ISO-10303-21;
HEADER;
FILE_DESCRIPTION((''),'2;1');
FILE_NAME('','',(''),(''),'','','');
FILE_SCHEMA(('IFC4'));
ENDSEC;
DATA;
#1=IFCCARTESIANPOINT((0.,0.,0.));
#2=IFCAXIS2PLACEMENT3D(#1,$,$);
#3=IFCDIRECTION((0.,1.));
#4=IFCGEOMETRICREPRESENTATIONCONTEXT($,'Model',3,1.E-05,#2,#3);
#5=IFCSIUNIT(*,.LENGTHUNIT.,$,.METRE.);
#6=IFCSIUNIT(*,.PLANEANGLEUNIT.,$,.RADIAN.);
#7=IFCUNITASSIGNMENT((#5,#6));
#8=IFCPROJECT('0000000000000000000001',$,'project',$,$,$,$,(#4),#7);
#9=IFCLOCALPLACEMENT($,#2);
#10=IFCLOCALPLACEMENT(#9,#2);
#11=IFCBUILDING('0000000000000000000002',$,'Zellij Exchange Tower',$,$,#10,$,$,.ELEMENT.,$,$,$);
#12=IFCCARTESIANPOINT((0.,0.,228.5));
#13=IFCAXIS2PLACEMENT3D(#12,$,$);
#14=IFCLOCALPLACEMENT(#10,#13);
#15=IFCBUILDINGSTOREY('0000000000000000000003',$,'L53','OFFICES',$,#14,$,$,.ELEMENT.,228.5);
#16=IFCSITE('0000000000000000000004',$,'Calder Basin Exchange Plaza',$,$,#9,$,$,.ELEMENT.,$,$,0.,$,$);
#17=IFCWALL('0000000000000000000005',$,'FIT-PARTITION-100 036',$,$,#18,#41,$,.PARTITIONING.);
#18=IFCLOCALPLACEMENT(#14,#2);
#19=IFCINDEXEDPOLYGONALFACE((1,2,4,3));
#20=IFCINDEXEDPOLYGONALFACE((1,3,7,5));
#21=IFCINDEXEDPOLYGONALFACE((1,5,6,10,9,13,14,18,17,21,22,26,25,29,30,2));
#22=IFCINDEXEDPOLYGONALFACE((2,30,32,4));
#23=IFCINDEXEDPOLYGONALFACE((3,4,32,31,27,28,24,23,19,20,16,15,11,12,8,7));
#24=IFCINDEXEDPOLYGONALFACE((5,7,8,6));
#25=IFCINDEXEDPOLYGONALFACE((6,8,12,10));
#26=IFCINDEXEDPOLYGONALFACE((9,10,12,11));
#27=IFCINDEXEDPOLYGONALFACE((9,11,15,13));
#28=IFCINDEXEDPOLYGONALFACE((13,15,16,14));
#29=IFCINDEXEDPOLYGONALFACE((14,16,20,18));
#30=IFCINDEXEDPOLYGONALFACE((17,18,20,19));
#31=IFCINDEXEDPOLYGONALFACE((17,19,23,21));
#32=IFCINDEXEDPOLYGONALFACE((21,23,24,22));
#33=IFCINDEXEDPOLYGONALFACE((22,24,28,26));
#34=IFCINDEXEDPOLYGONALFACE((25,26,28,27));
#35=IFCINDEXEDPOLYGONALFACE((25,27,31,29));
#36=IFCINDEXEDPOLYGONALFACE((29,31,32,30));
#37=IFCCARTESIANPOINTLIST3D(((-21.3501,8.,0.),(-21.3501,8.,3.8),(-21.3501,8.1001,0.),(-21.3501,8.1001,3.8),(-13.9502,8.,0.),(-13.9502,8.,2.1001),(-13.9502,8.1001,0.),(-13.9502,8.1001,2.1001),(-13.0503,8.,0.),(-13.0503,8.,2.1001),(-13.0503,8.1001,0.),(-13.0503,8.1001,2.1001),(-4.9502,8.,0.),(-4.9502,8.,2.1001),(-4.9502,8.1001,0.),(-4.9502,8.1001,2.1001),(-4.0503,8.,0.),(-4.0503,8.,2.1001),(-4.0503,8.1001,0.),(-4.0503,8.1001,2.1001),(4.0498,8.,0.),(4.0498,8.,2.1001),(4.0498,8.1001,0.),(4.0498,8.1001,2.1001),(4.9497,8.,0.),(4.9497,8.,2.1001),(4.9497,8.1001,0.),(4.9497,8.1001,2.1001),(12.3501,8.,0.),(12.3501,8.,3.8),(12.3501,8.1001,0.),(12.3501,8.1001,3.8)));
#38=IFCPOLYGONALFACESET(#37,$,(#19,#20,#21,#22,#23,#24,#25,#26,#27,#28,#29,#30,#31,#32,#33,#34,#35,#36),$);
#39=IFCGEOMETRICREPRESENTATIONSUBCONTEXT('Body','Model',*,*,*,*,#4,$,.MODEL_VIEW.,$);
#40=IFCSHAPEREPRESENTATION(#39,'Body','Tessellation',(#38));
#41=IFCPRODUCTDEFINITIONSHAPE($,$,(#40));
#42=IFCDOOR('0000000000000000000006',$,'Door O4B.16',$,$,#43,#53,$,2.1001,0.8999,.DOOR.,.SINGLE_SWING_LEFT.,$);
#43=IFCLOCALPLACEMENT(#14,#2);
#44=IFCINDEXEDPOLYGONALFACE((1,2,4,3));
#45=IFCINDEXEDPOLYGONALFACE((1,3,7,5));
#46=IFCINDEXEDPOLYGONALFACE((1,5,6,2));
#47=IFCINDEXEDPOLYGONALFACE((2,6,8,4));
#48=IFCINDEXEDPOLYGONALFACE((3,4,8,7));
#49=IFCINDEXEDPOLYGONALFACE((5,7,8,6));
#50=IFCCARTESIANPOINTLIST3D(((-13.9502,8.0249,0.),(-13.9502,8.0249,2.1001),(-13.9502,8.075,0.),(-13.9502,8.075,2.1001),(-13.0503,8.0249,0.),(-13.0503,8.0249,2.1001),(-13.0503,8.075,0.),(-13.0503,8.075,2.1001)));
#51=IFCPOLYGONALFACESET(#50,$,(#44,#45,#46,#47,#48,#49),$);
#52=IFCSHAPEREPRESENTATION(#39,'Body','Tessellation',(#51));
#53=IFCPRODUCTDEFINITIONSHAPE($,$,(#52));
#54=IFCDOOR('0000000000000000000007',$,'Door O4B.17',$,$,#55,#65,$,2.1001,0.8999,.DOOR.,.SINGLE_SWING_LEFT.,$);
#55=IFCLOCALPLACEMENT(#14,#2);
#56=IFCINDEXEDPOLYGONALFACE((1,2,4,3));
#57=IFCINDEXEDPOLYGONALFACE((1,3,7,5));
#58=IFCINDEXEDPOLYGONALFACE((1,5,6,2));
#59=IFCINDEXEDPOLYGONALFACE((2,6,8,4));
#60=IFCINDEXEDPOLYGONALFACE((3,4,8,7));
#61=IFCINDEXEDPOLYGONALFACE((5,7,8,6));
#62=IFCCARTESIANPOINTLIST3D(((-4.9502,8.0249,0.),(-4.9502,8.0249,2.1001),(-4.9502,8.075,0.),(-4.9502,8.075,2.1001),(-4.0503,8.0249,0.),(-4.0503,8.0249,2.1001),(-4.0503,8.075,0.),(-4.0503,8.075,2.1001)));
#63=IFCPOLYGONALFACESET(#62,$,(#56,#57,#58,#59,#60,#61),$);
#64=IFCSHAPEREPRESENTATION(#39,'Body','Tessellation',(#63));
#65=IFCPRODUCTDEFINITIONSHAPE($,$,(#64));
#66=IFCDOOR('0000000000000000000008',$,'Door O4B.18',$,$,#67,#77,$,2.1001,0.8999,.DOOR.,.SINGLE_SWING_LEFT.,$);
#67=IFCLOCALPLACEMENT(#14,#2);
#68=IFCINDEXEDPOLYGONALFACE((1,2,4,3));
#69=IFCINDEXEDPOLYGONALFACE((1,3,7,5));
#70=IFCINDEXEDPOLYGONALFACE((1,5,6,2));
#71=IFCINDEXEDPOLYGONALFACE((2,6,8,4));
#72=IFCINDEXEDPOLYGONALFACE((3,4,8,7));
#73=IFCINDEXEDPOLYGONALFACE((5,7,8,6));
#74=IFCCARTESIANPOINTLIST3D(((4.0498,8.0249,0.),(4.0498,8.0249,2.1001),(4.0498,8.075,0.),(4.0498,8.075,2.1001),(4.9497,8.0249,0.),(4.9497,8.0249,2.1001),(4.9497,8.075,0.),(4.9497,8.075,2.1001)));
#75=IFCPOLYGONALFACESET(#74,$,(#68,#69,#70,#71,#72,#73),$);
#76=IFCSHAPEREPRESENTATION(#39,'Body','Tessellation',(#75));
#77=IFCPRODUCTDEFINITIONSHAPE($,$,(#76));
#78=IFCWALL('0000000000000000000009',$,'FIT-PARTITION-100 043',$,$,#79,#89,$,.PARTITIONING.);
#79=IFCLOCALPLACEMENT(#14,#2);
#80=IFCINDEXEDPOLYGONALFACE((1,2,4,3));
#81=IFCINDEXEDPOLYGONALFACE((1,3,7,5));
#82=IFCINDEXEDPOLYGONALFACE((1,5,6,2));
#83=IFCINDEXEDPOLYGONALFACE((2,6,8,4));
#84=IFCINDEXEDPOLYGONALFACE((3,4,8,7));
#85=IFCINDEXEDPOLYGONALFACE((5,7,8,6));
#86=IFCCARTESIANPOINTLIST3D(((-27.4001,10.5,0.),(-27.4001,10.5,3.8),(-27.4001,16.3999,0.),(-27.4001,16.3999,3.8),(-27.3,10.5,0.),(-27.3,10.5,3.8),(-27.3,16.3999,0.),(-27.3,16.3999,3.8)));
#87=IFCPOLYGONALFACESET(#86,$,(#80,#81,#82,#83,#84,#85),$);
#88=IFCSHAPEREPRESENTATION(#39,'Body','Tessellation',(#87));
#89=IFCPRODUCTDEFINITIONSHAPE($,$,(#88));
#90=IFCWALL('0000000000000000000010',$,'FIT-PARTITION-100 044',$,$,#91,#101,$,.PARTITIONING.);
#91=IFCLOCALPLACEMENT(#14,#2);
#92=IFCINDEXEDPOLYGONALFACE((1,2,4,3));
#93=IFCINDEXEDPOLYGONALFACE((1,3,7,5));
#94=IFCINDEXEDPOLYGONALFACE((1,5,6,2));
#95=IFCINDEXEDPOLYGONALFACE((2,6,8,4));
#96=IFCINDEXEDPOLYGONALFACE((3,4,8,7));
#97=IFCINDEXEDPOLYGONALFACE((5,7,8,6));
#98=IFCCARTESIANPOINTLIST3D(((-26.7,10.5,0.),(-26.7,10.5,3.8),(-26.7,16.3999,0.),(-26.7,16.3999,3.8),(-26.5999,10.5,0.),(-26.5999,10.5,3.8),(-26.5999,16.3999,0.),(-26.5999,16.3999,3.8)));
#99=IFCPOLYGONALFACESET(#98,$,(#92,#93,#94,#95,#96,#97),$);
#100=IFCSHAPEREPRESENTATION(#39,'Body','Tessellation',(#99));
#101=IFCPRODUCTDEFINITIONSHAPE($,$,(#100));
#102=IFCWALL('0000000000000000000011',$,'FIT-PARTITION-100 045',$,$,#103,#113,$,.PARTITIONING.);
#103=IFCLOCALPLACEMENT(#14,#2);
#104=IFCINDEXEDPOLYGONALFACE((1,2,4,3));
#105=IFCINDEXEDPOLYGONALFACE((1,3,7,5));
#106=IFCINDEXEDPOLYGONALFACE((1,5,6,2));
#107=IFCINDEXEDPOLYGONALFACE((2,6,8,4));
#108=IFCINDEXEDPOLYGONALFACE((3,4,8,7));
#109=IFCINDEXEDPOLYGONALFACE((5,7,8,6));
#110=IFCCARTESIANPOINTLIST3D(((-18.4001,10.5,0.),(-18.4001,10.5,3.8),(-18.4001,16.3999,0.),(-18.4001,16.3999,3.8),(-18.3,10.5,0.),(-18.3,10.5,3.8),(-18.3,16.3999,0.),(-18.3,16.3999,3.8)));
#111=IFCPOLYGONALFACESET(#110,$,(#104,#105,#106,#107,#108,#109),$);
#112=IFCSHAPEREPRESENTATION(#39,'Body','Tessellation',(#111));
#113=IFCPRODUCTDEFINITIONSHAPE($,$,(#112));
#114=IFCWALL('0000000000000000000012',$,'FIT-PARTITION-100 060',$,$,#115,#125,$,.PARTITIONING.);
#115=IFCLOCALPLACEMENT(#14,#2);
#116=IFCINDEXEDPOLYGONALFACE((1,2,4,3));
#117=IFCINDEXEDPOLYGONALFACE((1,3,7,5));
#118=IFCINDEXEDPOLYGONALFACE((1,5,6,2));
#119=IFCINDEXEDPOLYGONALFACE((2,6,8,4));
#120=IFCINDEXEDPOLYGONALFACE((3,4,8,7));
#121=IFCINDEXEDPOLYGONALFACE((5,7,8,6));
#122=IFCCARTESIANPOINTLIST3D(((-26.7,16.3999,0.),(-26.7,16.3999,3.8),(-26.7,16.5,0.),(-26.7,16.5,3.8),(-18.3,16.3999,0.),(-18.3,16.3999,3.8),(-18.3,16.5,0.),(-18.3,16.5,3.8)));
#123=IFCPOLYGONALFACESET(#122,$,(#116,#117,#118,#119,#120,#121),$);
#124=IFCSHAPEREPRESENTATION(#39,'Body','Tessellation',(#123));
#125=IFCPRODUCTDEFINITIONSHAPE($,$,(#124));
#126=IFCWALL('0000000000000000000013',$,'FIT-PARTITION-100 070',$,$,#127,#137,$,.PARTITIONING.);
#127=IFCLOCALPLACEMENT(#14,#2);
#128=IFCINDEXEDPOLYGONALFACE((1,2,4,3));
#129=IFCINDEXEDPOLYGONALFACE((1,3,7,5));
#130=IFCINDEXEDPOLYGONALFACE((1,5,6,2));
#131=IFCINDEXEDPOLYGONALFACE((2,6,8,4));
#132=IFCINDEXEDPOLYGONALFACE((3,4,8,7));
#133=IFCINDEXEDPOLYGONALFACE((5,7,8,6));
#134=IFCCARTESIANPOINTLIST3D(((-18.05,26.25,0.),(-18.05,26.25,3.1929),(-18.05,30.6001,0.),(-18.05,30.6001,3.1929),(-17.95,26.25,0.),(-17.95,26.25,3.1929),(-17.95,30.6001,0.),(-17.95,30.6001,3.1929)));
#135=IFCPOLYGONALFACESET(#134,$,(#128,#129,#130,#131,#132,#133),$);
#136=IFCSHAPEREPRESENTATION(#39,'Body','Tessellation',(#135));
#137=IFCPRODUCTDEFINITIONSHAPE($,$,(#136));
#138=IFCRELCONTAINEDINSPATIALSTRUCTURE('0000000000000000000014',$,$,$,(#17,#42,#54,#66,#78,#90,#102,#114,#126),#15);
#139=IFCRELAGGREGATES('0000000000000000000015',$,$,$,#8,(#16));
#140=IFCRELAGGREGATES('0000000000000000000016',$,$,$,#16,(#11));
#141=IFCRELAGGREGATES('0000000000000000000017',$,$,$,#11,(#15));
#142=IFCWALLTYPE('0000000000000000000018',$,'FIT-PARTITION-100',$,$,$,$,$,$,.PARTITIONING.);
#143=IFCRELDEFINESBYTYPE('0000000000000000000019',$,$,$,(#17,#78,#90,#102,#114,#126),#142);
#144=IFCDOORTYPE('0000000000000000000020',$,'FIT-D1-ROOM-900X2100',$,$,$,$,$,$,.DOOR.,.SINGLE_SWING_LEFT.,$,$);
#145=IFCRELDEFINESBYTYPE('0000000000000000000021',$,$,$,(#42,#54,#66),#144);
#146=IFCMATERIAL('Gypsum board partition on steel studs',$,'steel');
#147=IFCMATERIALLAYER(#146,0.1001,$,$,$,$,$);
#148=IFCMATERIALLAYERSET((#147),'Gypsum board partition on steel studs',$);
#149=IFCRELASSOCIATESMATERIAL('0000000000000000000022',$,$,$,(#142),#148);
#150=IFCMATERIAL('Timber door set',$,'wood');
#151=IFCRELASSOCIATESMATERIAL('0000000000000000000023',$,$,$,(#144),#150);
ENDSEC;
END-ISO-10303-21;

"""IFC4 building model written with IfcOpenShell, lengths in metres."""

from ifc_helpers import new_model, si_unit, direction, frame, frame_2d, origin, place, context, subcontext, project, spatial, rectangle, extrude, material, layer, layer_set, type_object, element, fill, save


model = new_model("IFC4")

# Units and contexts
model_context = context("Model", 3, precision=1e-05, world=origin(), true_north=direction((0.0, 1.0)))
body_context = subcontext(model_context, "Body", "Model", "MODEL_VIEW")
ifc_project = project(units=[si_unit("LENGTHUNIT", "METRE"), si_unit("PLANEANGLEUNIT", "RADIAN")], contexts=[model_context])

# Site, building, storey
site_placement = place(None, origin())
site = spatial("IfcSite", under=ifc_project, at=site_placement, Name="Calder Basin Exchange Plaza", CompositionType="ELEMENT", RefElevation=0.0)
building_placement = place(site_placement, origin())
building = spatial("IfcBuilding", under=site, at=building_placement, Name="Zellij Exchange Tower", CompositionType="ELEMENT")
storey_placement = place(building_placement, frame((0.0, 0.0, 228.5)))
storey = spatial("IfcBuildingStorey", under=building, at=storey_placement, Name="L53", Description="OFFICES", CompositionType="ELEMENT", Elevation=228.5)

# Wall, openings, doors
ifc_material_1 = material(Name="Gypsum board partition on steel studs", Category="steel")
ifc_layer = layer(ifc_material_1, 0.1001)
ifc_layer_set = layer_set([ifc_layer], Name="Gypsum board partition on steel studs")
wall_type = type_object("IfcWallType", Name="FIT-PARTITION-100", PredefinedType="PARTITIONING", material=ifc_layer_set)
wall_1_placement = place(storey_placement, frame((-21.3501, 8.05, 0.0), z_axis=(0.0, 0.0, 1.0), x_axis=(1.0, 0.0, 0.0)))
wall_1 = element("IfcWall", 1, at=wall_1_placement, inside=storey, type_object=wall_type, Name="FIT-PARTITION-100 036", PredefinedType="PARTITIONING", context=body_context, shape_type="SweptSolid", body=[
    extrude(rectangle(XDim=33.7002, YDim=0.1001, at=frame_2d((16.8501, 0.0))), origin(), (0.0, 0.0, 1.0), 3.8),
])
opening_1_placement = place(wall_1_placement, frame((7.3999, 0.0, 0.0)))
opening_1 = element("IfcOpeningElement", 2, at=opening_1_placement, cuts=wall_1, PredefinedType="OPENING", context=body_context, shape_type="SweptSolid", body=[
    extrude(rectangle(XDim=0.8999, YDim=2.1001, at=frame_2d((0.45, 1.05))), frame((0.0, 0.062, 0.0), z_axis=(0.0, -1.0, 0.0), x_axis=(1.0, 0.0, 0.0)), (0.0, 0.0, 1.0), 0.124),
])
opening_2_placement = place(wall_1_placement, frame((16.3999, 0.0, 0.0)))
opening_2 = element("IfcOpeningElement", 3, at=opening_2_placement, cuts=wall_1, PredefinedType="OPENING", context=body_context, shape_type="SweptSolid", body=[
    extrude(rectangle(XDim=0.8999, YDim=2.1001, at=frame_2d((0.45, 1.05))), frame((0.0, 0.062, 0.0), z_axis=(0.0, -1.0, 0.0), x_axis=(1.0, 0.0, 0.0)), (0.0, 0.0, 1.0), 0.124),
])
opening_3_placement = place(wall_1_placement, frame((25.3999, 0.0, 0.0)))
opening_3 = element("IfcOpeningElement", 4, at=opening_3_placement, cuts=wall_1, PredefinedType="OPENING", context=body_context, shape_type="SweptSolid", body=[
    extrude(rectangle(XDim=0.8999, YDim=2.1001, at=frame_2d((0.45, 1.05))), frame((0.0, 0.062, 0.0), z_axis=(0.0, -1.0, 0.0), x_axis=(1.0, 0.0, 0.0)), (0.0, 0.0, 1.0), 0.124),
])
ifc_material_2 = material(Name="Timber door set", Category="wood")
door_type = type_object("IfcDoorType", Name="FIT-D1-ROOM-900X2100", OperationType="SINGLE_SWING_LEFT", PredefinedType="DOOR", material=ifc_material_2)
door_1_placement = place(opening_1_placement, origin())
door_1 = element("IfcDoor", 5, at=door_1_placement, inside=storey, type_object=door_type, Name="Door O4B.16", OperationType="SINGLE_SWING_LEFT", OverallHeight=2.1001, OverallWidth=0.8999, PredefinedType="DOOR", context=body_context, shape_type="SweptSolid", body=[
    extrude(rectangle(XDim=0.8999, YDim=2.1001, at=frame_2d((0.45, 1.05))), frame((0.0, 0.0249, 0.0), z_axis=(0.0, -1.0, 0.0), x_axis=(1.0, 0.0, 0.0)), (0.0, 0.0, 1.0), 0.05),
])
fill(opening_1, door_1)
door_2_placement = place(opening_2_placement, origin())
door_2 = element("IfcDoor", 6, at=door_2_placement, inside=storey, type_object=door_type, Name="Door O4B.17", OperationType="SINGLE_SWING_LEFT", OverallHeight=2.1001, OverallWidth=0.8999, PredefinedType="DOOR", context=body_context, shape_type="SweptSolid", body=[
    extrude(rectangle(XDim=0.8999, YDim=2.1001, at=frame_2d((0.45, 1.05))), frame((0.0, 0.0249, 0.0), z_axis=(0.0, -1.0, 0.0), x_axis=(1.0, 0.0, 0.0)), (0.0, 0.0, 1.0), 0.05),
])
fill(opening_2, door_2)
door_3_placement = place(opening_3_placement, origin())
door_3 = element("IfcDoor", 7, at=door_3_placement, inside=storey, type_object=door_type, Name="Door O4B.18", OperationType="SINGLE_SWING_LEFT", OverallHeight=2.1001, OverallWidth=0.8999, PredefinedType="DOOR", context=body_context, shape_type="SweptSolid", body=[
    extrude(rectangle(XDim=0.8999, YDim=2.1001, at=frame_2d((0.45, 1.05))), frame((0.0, 0.0249, 0.0), z_axis=(0.0, -1.0, 0.0), x_axis=(1.0, 0.0, 0.0)), (0.0, 0.0, 1.0), 0.05),
])
fill(opening_3, door_3)

# Walls
for number, where, z_axis, x_axis, name in (
    (8, (-27.3501, 10.5, 0.0), (0.0, 0.0, 1.0), (0.0, 1.0, 0.0), "FIT-PARTITION-100 043"),
    (9, (-26.6499, 10.5, 0.0), (0.0, 0.0, 1.0), (0.0, 1.0, 0.0), "FIT-PARTITION-100 044"),
    (10, (-18.3501, 10.5, 0.0), (0.0, 0.0, 1.0), (0.0, 1.0, 0.0), "FIT-PARTITION-100 045"),
):
    element("IfcWall", number, at=place(storey_placement, frame(where, z_axis=z_axis, x_axis=x_axis)), inside=storey, type_object=wall_type, Name=name, PredefinedType="PARTITIONING", context=body_context, shape_type="SweptSolid", body=[
        extrude(rectangle(XDim=5.8999, YDim=0.1001, at=frame_2d((2.95, 0.0))), origin(), (0.0, 0.0, 1.0), 3.8),
    ])
wall_2_placement = place(storey_placement, frame((-26.7, 16.45, 0.0), z_axis=(0.0, 0.0, 1.0), x_axis=(1.0, 0.0, 0.0)))
element("IfcWall", 11, at=wall_2_placement, inside=storey, type_object=wall_type, Name="FIT-PARTITION-100 060", PredefinedType="PARTITIONING", context=body_context, shape_type="SweptSolid", body=[
    extrude(rectangle(XDim=8.3999, YDim=0.1001, at=frame_2d((4.2, 0.0))), origin(), (0.0, 0.0, 1.0), 3.8),
])
wall_3_placement = place(storey_placement, frame((-18.0, 26.25, 0.0), z_axis=(0.0, 0.0, 1.0), x_axis=(0.0, 1.0, 0.0)))
element("IfcWall", 12, at=wall_3_placement, inside=storey, type_object=wall_type, Name="FIT-PARTITION-100 070", PredefinedType="PARTITIONING", context=body_context, shape_type="SweptSolid", body=[
    extrude(rectangle(XDim=4.3501, YDim=0.1001, at=frame_2d((2.175, 0.0))), origin(), (0.0, 0.0, 1.0), 3.1929),
])

save(model, "model.ifc")
